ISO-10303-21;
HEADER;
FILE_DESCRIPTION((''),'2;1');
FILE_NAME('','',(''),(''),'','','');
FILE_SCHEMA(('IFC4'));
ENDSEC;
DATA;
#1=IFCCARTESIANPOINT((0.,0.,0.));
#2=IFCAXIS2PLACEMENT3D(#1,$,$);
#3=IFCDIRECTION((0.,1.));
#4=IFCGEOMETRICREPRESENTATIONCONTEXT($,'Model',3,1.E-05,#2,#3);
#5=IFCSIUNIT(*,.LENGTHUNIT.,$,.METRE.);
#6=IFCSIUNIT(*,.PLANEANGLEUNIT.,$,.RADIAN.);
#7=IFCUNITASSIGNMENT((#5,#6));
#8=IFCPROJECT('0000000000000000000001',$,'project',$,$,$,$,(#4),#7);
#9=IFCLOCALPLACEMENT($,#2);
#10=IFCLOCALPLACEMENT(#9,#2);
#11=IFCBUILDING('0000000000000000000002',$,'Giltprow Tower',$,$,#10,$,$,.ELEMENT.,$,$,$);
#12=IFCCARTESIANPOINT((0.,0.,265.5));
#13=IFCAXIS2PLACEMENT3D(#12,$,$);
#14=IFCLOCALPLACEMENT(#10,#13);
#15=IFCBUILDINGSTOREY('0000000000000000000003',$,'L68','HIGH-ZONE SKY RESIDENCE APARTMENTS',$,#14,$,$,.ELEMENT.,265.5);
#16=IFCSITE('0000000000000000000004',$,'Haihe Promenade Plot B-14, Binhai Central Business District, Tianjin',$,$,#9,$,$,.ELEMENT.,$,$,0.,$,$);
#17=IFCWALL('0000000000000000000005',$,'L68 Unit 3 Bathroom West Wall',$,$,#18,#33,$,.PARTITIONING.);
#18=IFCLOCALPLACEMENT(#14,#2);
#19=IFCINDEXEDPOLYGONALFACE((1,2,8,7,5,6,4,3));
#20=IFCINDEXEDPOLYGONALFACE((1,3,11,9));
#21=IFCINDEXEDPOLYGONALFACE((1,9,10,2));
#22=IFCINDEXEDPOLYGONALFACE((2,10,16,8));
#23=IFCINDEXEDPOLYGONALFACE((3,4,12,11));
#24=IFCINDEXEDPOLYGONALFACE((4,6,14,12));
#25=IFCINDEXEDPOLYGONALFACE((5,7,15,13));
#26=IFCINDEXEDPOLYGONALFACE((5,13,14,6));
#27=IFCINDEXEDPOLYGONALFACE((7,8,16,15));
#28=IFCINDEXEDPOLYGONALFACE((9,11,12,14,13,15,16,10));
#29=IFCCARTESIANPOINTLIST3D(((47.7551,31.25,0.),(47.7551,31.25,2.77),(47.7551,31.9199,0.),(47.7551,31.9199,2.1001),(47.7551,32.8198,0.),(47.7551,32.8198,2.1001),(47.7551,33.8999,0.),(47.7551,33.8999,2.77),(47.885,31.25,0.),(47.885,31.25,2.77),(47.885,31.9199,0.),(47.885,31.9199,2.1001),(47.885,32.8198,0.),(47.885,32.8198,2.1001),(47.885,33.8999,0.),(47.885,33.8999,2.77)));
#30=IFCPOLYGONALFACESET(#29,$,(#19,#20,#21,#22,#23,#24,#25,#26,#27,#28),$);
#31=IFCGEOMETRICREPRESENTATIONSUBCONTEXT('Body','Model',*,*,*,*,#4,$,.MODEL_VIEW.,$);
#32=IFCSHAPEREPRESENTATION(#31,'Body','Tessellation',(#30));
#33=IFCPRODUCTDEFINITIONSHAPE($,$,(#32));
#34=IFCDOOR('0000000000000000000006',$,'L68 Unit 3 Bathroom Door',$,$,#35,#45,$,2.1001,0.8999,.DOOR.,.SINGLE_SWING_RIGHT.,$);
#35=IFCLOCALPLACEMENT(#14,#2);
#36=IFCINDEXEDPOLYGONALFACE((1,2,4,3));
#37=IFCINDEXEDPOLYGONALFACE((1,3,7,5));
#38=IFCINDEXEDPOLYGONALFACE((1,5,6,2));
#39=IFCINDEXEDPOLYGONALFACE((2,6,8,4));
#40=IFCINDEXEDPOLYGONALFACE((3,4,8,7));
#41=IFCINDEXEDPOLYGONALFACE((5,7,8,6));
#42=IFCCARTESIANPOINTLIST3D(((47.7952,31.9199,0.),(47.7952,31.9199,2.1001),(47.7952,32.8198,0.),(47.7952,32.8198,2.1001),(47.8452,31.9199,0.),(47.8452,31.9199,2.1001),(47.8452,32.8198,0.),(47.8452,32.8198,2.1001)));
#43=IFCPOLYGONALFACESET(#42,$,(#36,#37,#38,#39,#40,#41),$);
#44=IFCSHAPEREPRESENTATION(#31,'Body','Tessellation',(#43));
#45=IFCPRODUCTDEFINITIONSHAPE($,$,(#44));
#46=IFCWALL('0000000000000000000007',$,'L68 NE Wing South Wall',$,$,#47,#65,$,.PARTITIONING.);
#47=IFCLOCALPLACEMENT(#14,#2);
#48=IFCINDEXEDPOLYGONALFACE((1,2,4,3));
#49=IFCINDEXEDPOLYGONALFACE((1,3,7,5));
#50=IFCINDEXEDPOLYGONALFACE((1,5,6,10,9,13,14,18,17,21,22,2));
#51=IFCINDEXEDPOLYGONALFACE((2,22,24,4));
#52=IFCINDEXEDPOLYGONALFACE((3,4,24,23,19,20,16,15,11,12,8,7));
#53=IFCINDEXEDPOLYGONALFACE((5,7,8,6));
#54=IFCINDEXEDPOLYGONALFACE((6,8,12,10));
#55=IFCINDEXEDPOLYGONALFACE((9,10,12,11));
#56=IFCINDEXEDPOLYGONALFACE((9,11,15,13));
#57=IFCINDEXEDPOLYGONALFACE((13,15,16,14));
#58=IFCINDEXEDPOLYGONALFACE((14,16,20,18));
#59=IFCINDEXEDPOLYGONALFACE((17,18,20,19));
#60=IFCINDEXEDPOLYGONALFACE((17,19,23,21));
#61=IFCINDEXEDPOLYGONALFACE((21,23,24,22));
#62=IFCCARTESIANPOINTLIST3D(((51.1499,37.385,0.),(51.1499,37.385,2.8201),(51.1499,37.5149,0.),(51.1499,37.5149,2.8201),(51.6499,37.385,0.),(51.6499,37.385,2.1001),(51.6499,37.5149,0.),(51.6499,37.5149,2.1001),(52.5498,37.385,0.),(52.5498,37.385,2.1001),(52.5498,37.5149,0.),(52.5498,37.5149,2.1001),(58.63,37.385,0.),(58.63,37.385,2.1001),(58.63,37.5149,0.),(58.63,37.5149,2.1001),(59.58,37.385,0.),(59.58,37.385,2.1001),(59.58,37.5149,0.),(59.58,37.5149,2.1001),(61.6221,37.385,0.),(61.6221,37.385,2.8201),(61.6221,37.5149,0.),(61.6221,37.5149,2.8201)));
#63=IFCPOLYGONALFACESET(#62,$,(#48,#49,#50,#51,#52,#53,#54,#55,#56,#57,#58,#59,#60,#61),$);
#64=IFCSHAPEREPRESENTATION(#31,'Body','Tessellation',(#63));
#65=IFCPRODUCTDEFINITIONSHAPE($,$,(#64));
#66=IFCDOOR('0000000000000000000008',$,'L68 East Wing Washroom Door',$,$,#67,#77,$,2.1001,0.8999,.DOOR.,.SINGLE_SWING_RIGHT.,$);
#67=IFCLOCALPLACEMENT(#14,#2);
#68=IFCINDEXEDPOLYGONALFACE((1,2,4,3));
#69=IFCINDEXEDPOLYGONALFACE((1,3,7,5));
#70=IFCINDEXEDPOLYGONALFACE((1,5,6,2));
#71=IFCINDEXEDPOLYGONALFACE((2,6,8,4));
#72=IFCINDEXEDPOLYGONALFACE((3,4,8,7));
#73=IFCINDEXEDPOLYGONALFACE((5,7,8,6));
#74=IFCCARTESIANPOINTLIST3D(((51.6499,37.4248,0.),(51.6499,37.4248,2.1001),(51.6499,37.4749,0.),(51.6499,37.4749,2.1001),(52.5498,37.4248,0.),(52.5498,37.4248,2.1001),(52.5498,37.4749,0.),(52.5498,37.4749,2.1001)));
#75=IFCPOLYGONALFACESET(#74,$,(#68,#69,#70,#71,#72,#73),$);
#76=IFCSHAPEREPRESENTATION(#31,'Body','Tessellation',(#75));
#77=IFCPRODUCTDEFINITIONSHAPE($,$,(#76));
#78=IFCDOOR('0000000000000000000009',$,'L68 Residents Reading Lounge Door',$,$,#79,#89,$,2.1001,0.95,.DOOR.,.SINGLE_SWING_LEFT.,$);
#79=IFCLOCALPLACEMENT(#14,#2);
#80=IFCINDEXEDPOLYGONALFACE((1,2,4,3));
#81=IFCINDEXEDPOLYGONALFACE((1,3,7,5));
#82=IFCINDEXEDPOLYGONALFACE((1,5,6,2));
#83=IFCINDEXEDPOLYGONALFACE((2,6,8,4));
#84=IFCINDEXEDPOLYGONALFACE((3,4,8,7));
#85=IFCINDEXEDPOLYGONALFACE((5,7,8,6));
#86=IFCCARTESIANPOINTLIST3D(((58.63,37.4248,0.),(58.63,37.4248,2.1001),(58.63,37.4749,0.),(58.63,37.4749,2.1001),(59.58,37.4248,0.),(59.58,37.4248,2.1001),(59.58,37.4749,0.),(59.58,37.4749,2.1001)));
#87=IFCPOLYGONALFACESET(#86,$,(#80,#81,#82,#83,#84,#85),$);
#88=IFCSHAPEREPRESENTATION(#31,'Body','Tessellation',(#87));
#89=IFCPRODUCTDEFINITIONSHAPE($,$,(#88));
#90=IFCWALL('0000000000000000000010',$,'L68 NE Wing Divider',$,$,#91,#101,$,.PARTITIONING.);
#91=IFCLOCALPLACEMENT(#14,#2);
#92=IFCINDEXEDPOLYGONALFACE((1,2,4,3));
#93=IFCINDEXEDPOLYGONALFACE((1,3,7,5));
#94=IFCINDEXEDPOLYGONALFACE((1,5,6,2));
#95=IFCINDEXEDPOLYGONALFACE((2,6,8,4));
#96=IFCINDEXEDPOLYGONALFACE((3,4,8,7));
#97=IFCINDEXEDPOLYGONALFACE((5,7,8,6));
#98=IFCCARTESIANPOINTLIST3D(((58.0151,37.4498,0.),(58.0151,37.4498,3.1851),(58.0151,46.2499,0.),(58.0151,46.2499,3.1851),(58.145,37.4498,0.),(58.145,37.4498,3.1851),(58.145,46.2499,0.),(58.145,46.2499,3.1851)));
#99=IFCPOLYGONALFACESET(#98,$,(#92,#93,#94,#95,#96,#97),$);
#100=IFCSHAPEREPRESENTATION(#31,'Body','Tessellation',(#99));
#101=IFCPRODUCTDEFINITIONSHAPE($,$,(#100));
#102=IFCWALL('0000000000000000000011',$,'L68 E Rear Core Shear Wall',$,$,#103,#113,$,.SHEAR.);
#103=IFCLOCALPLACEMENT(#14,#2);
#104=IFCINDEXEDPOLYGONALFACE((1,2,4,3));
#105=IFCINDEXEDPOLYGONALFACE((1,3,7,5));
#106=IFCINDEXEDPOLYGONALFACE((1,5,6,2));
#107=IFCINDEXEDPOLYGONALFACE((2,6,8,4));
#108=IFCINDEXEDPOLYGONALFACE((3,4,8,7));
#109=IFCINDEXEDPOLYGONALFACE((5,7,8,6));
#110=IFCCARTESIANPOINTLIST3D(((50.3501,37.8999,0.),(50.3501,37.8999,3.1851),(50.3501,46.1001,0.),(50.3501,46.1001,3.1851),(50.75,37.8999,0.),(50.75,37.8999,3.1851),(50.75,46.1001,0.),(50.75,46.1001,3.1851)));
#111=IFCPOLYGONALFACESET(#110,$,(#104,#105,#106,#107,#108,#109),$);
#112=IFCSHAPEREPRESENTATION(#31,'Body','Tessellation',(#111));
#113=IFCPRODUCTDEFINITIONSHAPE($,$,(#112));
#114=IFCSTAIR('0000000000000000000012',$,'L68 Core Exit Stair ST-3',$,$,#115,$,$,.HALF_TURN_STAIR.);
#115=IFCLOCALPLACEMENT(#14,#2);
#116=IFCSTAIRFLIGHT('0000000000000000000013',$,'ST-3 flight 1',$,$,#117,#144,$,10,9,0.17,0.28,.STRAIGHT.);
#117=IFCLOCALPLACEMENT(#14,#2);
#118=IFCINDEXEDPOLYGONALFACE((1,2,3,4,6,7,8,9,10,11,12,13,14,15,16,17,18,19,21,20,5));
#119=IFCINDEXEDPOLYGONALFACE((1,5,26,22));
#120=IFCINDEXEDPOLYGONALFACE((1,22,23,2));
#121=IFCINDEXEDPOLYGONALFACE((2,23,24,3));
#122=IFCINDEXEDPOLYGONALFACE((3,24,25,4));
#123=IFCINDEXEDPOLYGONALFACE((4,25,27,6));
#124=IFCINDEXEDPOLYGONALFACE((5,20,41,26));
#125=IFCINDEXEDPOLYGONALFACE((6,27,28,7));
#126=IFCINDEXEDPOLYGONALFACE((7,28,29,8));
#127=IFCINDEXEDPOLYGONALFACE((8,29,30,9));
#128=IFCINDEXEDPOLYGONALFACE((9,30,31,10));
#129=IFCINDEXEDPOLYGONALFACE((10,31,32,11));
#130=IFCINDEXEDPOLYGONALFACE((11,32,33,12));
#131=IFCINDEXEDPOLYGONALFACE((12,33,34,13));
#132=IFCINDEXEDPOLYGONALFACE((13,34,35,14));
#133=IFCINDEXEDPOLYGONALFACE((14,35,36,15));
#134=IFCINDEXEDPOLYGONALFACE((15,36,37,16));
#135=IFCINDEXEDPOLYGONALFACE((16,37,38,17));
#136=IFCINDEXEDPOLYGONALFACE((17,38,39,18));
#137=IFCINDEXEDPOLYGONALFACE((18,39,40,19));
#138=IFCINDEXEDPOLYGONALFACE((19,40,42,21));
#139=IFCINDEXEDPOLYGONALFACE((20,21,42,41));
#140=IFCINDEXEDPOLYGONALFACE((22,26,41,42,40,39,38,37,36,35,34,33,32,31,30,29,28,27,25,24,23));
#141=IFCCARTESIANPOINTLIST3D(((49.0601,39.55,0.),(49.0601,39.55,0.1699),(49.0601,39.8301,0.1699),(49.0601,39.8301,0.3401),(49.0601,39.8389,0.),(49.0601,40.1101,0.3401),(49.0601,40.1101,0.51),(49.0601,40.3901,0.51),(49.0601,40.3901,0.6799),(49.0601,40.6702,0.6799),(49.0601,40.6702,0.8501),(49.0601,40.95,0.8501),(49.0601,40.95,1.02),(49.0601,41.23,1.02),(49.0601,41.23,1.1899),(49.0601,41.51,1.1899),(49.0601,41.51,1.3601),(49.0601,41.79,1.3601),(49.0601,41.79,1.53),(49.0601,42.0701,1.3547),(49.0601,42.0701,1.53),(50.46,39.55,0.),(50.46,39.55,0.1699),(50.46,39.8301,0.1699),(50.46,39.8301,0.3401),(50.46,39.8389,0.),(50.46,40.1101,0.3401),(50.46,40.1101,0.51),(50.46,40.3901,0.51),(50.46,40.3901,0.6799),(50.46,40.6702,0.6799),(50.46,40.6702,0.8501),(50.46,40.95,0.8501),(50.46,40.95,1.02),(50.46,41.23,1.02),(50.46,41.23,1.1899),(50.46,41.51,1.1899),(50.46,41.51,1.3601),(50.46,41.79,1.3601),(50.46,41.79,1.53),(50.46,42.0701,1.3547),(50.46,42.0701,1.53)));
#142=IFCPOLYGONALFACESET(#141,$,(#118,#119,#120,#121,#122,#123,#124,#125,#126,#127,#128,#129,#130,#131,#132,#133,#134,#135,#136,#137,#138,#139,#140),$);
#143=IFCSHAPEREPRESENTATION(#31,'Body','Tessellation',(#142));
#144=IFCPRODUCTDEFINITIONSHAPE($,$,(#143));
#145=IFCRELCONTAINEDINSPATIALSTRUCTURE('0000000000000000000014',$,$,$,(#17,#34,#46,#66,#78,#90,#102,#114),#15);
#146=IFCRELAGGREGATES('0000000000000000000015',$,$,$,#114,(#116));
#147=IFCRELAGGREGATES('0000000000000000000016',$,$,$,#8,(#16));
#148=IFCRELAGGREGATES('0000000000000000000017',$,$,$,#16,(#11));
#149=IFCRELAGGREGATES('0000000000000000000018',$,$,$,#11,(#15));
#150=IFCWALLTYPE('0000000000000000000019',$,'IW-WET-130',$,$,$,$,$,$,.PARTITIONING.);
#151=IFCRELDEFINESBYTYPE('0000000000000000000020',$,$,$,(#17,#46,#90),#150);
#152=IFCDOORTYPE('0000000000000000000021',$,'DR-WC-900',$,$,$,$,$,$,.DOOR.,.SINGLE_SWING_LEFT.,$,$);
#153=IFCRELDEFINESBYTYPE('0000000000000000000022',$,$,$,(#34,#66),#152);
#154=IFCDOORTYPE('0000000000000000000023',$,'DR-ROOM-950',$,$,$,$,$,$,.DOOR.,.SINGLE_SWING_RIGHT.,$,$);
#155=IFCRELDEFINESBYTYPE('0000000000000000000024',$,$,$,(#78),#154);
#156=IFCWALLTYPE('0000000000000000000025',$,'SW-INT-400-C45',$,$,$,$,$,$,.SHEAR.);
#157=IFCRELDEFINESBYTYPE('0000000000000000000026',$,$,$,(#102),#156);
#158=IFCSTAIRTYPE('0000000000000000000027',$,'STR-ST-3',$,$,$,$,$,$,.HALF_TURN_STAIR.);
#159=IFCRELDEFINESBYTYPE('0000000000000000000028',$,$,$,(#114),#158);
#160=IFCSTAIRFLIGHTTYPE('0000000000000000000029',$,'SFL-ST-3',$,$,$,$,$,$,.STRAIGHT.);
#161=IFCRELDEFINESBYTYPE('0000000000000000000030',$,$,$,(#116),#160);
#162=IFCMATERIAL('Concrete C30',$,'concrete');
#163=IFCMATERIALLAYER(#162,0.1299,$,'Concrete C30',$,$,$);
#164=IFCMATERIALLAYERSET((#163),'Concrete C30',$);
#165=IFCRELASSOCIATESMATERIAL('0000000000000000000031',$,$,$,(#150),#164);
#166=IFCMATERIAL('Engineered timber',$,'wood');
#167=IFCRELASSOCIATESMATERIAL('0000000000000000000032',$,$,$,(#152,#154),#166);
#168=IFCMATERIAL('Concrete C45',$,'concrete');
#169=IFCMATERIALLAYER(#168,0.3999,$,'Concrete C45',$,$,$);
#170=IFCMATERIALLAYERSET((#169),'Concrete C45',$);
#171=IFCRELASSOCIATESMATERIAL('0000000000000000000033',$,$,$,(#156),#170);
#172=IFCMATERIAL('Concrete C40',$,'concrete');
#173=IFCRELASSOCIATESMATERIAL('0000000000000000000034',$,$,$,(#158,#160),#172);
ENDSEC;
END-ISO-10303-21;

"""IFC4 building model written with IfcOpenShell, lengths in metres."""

from ifc_helpers import new_model, si_unit, direction, frame, frame_2d, origin, place, context, subcontext, project, spatial, polyline, rectangle, outline, extrude, source, transform, mapped, material, layer, layer_set, type_object, element, fill, aggregate, save


model = new_model("IFC4")

# Units and contexts
model_context = context("Model", 3, precision=1e-05, world=origin(), true_north=direction((0.0, 1.0)))
body_context = subcontext(model_context, "Body", "Model", "MODEL_VIEW")
ifc_project = project(units=[si_unit("LENGTHUNIT", "METRE"), si_unit("PLANEANGLEUNIT", "RADIAN")], contexts=[model_context])

# Site, building, storey
site_placement = place(None, origin())
site = spatial("IfcSite", under=ifc_project, at=site_placement, Name="Haihe Promenade Plot B-14, Binhai Central Business District, Tianjin", CompositionType="ELEMENT", RefElevation=0.0)
building_placement = place(site_placement, origin())
building = spatial("IfcBuilding", under=site, at=building_placement, Name="Giltprow Tower", CompositionType="ELEMENT")
storey_placement = place(building_placement, frame((0.0, 0.0, 265.5)))
storey = spatial("IfcBuildingStorey", under=building, at=storey_placement, Name="L68", Description="HIGH-ZONE SKY RESIDENCE APARTMENTS", CompositionType="ELEMENT", Elevation=265.5)

# Shared definitions
ifc_material_1 = material(Name="Concrete C45", Category="concrete")

# Wall, opening, door
ifc_material_2 = material(Name="Concrete C30", Category="concrete")
ifc_layer_1 = layer(ifc_material_2, 0.1299, Name="Concrete C30")
ifc_layer_set_1 = layer_set([ifc_layer_1], Name="Concrete C30")
wall_type_1 = type_object("IfcWallType", Name="IW-WET-130", PredefinedType="PARTITIONING", material=ifc_layer_set_1)
wall_1_placement = place(storey_placement, frame((47.8201, 31.25, 0.0), z_axis=(0.0, 0.0, 1.0), x_axis=(0.0, 1.0, 0.0)))
wall_1 = element("IfcWall", 1, at=wall_1_placement, inside=storey, type_object=wall_type_1, Name="L68 Unit 3 Bathroom West Wall", PredefinedType="PARTITIONING", context=body_context, shape_type="SweptSolid", body=[
    extrude(rectangle(XDim=2.6499, YDim=0.1299, at=frame_2d((1.325, 0.0))), origin(), (0.0, 0.0, 1.0), 2.77),
])
opening_1_placement = place(wall_1_placement, frame((0.6699, 0.0, 0.0)))
opening_1 = element("IfcOpeningElement", 2, at=opening_1_placement, cuts=wall_1, PredefinedType="OPENING", context=body_context, shape_type="SweptSolid", body=[
    extrude(rectangle(XDim=0.8999, YDim=2.1001, at=frame_2d((0.45, 1.05))), frame((0.0, 0.075, 0.0), z_axis=(0.0, -1.0, 0.0), x_axis=(1.0, 0.0, 0.0)), (0.0, 0.0, 1.0), 0.1499),
])
ifc_material_3 = material(Name="Engineered timber", Category="wood")
door_type_1 = type_object("IfcDoorType", Name="DR-WC-900", OperationType="SINGLE_SWING_LEFT", PredefinedType="DOOR", material=ifc_material_3)
shared_shape_1 = source(origin(), body_context, "Body", "SweptSolid", [
    extrude(rectangle(XDim=0.8999, YDim=2.1001, at=frame_2d((0.45, 1.05))), frame((0.0, 0.0249, 0.0), z_axis=(0.0, -1.0, 0.0), x_axis=(1.0, 0.0, 0.0)), (0.0, 0.0, 1.0), 0.05),
])
door_1_placement = place(opening_1_placement, origin())
door_1 = element("IfcDoor", 3, at=door_1_placement, inside=storey, type_object=door_type_1, Name="L68 Unit 3 Bathroom Door", OperationType="SINGLE_SWING_RIGHT", OverallHeight=2.1001, OverallWidth=0.8999, PredefinedType="DOOR", context=body_context, shape_type="MappedRepresentation", body=[
    mapped(shared_shape_1, transform((0.0, 0.0, 0.0), x_axis=(1.0, 0.0, 0.0), y_axis=(0.0, 1.0, 0.0), z_axis=(0.0, 0.0, 1.0), scale=1.0)),
])
fill(opening_1, door_1)

# Wall, openings, doors
wall_2_placement = place(storey_placement, frame((51.1499, 37.45, 0.0), z_axis=(0.0, 0.0, 1.0), x_axis=(1.0, 0.0, 0.0)))
wall_2 = element("IfcWall", 4, at=wall_2_placement, inside=storey, type_object=wall_type_1, Name="L68 NE Wing South Wall", PredefinedType="PARTITIONING", context=body_context, shape_type="SweptSolid", body=[
    extrude(rectangle(XDim=10.4722, YDim=0.1299, at=frame_2d((5.2361, 0.0))), origin(), (0.0, 0.0, 1.0), 2.8201),
])
opening_2_placement = place(wall_2_placement, frame((0.5, 0.0, 0.0)))
opening_2 = element("IfcOpeningElement", 5, at=opening_2_placement, cuts=wall_2, PredefinedType="OPENING", context=body_context, shape_type="SweptSolid", body=[
    extrude(rectangle(XDim=0.8999, YDim=2.1001, at=frame_2d((0.45, 1.05))), frame((0.0, 0.075, 0.0), z_axis=(0.0, -1.0, 0.0), x_axis=(1.0, 0.0, 0.0)), (0.0, 0.0, 1.0), 0.1499),
])
opening_3_placement = place(wall_2_placement, frame((7.48, 0.0, 0.0)))
opening_3 = element("IfcOpeningElement", 6, at=opening_3_placement, cuts=wall_2, PredefinedType="OPENING", context=body_context, shape_type="SweptSolid", body=[
    extrude(rectangle(XDim=0.95, YDim=2.1001, at=frame_2d((0.4751, 1.05))), frame((0.0, 0.075, 0.0), z_axis=(0.0, -1.0, 0.0), x_axis=(1.0, 0.0, 0.0)), (0.0, 0.0, 1.0), 0.1499),
])
door_2_placement = place(opening_2_placement, origin())
door_2 = element("IfcDoor", 7, at=door_2_placement, inside=storey, type_object=door_type_1, Name="L68 East Wing Washroom Door", OperationType="SINGLE_SWING_RIGHT", OverallHeight=2.1001, OverallWidth=0.8999, PredefinedType="DOOR", context=body_context, shape_type="MappedRepresentation", body=[
    mapped(shared_shape_1, transform((0.0, 0.0, 0.0), x_axis=(1.0, 0.0, 0.0), y_axis=(0.0, 1.0, 0.0), z_axis=(0.0, 0.0, 1.0), scale=1.0)),
])
fill(opening_2, door_2)
door_type_2 = type_object("IfcDoorType", Name="DR-ROOM-950", OperationType="SINGLE_SWING_RIGHT", PredefinedType="DOOR", material=ifc_material_3)
shared_shape_2 = source(origin(), body_context, "Body", "SweptSolid", [
    extrude(rectangle(XDim=0.95, YDim=2.1001, at=frame_2d((0.4751, 1.05))), frame((0.0, 0.0249, 0.0), z_axis=(0.0, -1.0, 0.0), x_axis=(1.0, 0.0, 0.0)), (0.0, 0.0, 1.0), 0.05),
])
door_3_placement = place(opening_3_placement, origin())
door_3 = element("IfcDoor", 8, at=door_3_placement, inside=storey, type_object=door_type_2, Name="L68 Residents Reading Lounge Door", OperationType="SINGLE_SWING_LEFT", OverallHeight=2.1001, OverallWidth=0.95, PredefinedType="DOOR", context=body_context, shape_type="MappedRepresentation", body=[
    mapped(shared_shape_2, transform((0.0, 0.0, 0.0), x_axis=(1.0, 0.0, 0.0), y_axis=(0.0, 1.0, 0.0), z_axis=(0.0, 0.0, 1.0), scale=1.0)),
])
fill(opening_3, door_3)

# Walls
wall_3_placement = place(storey_placement, frame((58.0801, 37.45, 0.0), z_axis=(0.0, 0.0, 1.0), x_axis=(0.0, 1.0, 0.0)))
element("IfcWall", 9, at=wall_3_placement, inside=storey, type_object=wall_type_1, Name="L68 NE Wing Divider", PredefinedType="PARTITIONING", context=body_context, shape_type="SweptSolid", body=[
    extrude(rectangle(XDim=8.8, YDim=0.1299, at=frame_2d((4.3999, 0.0))), origin(), (0.0, 0.0, 1.0), 3.1851),
])
ifc_layer_2 = layer(ifc_material_1, 0.3999, Name="Concrete C45")
ifc_layer_set_2 = layer_set([ifc_layer_2], Name="Concrete C45")
wall_type_2 = type_object("IfcWallType", Name="SW-INT-400-C45", PredefinedType="SHEAR", material=ifc_layer_set_2)
wall_4_placement = place(storey_placement, frame((50.55, 37.8999, 0.0), z_axis=(0.0, 0.0, 1.0), x_axis=(0.0, 1.0, 0.0)))
element("IfcWall", 10, at=wall_4_placement, inside=storey, type_object=wall_type_2, Name="L68 E Rear Core Shear Wall", PredefinedType="SHEAR", context=body_context, shape_type="SweptSolid", body=[
    extrude(rectangle(XDim=8.2002, YDim=0.3999, at=frame_2d((4.1001, 0.0))), origin(), (0.0, 0.0, 1.0), 3.1851),
])

# Stair, stair flight
ifc_material_4 = material(Name="Concrete C40", Category="concrete")
stair_type = type_object("IfcStairType", Name="STR-ST-3", PredefinedType="HALF_TURN_STAIR", material=ifc_material_4)
stair_placement = place(storey_placement, origin())
stair = element("IfcStair", 11, at=stair_placement, inside=storey, type_object=stair_type, Name="L68 Core Exit Stair ST-3", PredefinedType="HALF_TURN_STAIR")
stair_flight_type = type_object("IfcStairFlightType", Name="SFL-ST-3", PredefinedType="STRAIGHT", material=ifc_material_4)
stair_flight_1_placement = place(storey_placement, frame((49.76, 39.55, 0.0), z_axis=(0.0, 0.0, 1.0), x_axis=(0.0, 1.0, 0.0)))
stair_flight_1 = element("IfcStairFlight", 12, at=stair_flight_1_placement, type_object=stair_flight_type, Name="ST-3 flight 1", NumberOfRisers=10, NumberOfTreads=9, PredefinedType="STRAIGHT", RiserHeight=0.17, TreadLength=0.28, context=body_context, shape_type="SweptSolid", body=[
    extrude(outline(polyline([(0.0, 0.0), (0.0, 0.1699), (0.28, 0.1699), (0.28, 0.3401), (0.5601, 0.3401), (0.5601, 0.51), (0.8401, 0.51), (0.8401, 0.6799), (1.1201, 0.6799), (1.1201, 0.8501), (1.3999, 0.8501), (1.3999, 1.02), (1.6799, 1.02), (1.6799, 1.1899), (1.96, 1.1899), (1.96, 1.3601), (2.24, 1.3601), (2.24, 1.53), (2.52, 1.53), (2.52, 1.7), (2.52, 1.3547), (0.2888, 0.0), (0.0, 0.0)])), frame((0.0, 0.7, 0.0), z_axis=(0.0, -1.0, 0.0), x_axis=(1.0, 0.0, 0.0)), (0.0, 0.0, 1.0), 1.3999),
])
aggregate(stair, [stair_flight_1])

save(model, "model.ifc")
